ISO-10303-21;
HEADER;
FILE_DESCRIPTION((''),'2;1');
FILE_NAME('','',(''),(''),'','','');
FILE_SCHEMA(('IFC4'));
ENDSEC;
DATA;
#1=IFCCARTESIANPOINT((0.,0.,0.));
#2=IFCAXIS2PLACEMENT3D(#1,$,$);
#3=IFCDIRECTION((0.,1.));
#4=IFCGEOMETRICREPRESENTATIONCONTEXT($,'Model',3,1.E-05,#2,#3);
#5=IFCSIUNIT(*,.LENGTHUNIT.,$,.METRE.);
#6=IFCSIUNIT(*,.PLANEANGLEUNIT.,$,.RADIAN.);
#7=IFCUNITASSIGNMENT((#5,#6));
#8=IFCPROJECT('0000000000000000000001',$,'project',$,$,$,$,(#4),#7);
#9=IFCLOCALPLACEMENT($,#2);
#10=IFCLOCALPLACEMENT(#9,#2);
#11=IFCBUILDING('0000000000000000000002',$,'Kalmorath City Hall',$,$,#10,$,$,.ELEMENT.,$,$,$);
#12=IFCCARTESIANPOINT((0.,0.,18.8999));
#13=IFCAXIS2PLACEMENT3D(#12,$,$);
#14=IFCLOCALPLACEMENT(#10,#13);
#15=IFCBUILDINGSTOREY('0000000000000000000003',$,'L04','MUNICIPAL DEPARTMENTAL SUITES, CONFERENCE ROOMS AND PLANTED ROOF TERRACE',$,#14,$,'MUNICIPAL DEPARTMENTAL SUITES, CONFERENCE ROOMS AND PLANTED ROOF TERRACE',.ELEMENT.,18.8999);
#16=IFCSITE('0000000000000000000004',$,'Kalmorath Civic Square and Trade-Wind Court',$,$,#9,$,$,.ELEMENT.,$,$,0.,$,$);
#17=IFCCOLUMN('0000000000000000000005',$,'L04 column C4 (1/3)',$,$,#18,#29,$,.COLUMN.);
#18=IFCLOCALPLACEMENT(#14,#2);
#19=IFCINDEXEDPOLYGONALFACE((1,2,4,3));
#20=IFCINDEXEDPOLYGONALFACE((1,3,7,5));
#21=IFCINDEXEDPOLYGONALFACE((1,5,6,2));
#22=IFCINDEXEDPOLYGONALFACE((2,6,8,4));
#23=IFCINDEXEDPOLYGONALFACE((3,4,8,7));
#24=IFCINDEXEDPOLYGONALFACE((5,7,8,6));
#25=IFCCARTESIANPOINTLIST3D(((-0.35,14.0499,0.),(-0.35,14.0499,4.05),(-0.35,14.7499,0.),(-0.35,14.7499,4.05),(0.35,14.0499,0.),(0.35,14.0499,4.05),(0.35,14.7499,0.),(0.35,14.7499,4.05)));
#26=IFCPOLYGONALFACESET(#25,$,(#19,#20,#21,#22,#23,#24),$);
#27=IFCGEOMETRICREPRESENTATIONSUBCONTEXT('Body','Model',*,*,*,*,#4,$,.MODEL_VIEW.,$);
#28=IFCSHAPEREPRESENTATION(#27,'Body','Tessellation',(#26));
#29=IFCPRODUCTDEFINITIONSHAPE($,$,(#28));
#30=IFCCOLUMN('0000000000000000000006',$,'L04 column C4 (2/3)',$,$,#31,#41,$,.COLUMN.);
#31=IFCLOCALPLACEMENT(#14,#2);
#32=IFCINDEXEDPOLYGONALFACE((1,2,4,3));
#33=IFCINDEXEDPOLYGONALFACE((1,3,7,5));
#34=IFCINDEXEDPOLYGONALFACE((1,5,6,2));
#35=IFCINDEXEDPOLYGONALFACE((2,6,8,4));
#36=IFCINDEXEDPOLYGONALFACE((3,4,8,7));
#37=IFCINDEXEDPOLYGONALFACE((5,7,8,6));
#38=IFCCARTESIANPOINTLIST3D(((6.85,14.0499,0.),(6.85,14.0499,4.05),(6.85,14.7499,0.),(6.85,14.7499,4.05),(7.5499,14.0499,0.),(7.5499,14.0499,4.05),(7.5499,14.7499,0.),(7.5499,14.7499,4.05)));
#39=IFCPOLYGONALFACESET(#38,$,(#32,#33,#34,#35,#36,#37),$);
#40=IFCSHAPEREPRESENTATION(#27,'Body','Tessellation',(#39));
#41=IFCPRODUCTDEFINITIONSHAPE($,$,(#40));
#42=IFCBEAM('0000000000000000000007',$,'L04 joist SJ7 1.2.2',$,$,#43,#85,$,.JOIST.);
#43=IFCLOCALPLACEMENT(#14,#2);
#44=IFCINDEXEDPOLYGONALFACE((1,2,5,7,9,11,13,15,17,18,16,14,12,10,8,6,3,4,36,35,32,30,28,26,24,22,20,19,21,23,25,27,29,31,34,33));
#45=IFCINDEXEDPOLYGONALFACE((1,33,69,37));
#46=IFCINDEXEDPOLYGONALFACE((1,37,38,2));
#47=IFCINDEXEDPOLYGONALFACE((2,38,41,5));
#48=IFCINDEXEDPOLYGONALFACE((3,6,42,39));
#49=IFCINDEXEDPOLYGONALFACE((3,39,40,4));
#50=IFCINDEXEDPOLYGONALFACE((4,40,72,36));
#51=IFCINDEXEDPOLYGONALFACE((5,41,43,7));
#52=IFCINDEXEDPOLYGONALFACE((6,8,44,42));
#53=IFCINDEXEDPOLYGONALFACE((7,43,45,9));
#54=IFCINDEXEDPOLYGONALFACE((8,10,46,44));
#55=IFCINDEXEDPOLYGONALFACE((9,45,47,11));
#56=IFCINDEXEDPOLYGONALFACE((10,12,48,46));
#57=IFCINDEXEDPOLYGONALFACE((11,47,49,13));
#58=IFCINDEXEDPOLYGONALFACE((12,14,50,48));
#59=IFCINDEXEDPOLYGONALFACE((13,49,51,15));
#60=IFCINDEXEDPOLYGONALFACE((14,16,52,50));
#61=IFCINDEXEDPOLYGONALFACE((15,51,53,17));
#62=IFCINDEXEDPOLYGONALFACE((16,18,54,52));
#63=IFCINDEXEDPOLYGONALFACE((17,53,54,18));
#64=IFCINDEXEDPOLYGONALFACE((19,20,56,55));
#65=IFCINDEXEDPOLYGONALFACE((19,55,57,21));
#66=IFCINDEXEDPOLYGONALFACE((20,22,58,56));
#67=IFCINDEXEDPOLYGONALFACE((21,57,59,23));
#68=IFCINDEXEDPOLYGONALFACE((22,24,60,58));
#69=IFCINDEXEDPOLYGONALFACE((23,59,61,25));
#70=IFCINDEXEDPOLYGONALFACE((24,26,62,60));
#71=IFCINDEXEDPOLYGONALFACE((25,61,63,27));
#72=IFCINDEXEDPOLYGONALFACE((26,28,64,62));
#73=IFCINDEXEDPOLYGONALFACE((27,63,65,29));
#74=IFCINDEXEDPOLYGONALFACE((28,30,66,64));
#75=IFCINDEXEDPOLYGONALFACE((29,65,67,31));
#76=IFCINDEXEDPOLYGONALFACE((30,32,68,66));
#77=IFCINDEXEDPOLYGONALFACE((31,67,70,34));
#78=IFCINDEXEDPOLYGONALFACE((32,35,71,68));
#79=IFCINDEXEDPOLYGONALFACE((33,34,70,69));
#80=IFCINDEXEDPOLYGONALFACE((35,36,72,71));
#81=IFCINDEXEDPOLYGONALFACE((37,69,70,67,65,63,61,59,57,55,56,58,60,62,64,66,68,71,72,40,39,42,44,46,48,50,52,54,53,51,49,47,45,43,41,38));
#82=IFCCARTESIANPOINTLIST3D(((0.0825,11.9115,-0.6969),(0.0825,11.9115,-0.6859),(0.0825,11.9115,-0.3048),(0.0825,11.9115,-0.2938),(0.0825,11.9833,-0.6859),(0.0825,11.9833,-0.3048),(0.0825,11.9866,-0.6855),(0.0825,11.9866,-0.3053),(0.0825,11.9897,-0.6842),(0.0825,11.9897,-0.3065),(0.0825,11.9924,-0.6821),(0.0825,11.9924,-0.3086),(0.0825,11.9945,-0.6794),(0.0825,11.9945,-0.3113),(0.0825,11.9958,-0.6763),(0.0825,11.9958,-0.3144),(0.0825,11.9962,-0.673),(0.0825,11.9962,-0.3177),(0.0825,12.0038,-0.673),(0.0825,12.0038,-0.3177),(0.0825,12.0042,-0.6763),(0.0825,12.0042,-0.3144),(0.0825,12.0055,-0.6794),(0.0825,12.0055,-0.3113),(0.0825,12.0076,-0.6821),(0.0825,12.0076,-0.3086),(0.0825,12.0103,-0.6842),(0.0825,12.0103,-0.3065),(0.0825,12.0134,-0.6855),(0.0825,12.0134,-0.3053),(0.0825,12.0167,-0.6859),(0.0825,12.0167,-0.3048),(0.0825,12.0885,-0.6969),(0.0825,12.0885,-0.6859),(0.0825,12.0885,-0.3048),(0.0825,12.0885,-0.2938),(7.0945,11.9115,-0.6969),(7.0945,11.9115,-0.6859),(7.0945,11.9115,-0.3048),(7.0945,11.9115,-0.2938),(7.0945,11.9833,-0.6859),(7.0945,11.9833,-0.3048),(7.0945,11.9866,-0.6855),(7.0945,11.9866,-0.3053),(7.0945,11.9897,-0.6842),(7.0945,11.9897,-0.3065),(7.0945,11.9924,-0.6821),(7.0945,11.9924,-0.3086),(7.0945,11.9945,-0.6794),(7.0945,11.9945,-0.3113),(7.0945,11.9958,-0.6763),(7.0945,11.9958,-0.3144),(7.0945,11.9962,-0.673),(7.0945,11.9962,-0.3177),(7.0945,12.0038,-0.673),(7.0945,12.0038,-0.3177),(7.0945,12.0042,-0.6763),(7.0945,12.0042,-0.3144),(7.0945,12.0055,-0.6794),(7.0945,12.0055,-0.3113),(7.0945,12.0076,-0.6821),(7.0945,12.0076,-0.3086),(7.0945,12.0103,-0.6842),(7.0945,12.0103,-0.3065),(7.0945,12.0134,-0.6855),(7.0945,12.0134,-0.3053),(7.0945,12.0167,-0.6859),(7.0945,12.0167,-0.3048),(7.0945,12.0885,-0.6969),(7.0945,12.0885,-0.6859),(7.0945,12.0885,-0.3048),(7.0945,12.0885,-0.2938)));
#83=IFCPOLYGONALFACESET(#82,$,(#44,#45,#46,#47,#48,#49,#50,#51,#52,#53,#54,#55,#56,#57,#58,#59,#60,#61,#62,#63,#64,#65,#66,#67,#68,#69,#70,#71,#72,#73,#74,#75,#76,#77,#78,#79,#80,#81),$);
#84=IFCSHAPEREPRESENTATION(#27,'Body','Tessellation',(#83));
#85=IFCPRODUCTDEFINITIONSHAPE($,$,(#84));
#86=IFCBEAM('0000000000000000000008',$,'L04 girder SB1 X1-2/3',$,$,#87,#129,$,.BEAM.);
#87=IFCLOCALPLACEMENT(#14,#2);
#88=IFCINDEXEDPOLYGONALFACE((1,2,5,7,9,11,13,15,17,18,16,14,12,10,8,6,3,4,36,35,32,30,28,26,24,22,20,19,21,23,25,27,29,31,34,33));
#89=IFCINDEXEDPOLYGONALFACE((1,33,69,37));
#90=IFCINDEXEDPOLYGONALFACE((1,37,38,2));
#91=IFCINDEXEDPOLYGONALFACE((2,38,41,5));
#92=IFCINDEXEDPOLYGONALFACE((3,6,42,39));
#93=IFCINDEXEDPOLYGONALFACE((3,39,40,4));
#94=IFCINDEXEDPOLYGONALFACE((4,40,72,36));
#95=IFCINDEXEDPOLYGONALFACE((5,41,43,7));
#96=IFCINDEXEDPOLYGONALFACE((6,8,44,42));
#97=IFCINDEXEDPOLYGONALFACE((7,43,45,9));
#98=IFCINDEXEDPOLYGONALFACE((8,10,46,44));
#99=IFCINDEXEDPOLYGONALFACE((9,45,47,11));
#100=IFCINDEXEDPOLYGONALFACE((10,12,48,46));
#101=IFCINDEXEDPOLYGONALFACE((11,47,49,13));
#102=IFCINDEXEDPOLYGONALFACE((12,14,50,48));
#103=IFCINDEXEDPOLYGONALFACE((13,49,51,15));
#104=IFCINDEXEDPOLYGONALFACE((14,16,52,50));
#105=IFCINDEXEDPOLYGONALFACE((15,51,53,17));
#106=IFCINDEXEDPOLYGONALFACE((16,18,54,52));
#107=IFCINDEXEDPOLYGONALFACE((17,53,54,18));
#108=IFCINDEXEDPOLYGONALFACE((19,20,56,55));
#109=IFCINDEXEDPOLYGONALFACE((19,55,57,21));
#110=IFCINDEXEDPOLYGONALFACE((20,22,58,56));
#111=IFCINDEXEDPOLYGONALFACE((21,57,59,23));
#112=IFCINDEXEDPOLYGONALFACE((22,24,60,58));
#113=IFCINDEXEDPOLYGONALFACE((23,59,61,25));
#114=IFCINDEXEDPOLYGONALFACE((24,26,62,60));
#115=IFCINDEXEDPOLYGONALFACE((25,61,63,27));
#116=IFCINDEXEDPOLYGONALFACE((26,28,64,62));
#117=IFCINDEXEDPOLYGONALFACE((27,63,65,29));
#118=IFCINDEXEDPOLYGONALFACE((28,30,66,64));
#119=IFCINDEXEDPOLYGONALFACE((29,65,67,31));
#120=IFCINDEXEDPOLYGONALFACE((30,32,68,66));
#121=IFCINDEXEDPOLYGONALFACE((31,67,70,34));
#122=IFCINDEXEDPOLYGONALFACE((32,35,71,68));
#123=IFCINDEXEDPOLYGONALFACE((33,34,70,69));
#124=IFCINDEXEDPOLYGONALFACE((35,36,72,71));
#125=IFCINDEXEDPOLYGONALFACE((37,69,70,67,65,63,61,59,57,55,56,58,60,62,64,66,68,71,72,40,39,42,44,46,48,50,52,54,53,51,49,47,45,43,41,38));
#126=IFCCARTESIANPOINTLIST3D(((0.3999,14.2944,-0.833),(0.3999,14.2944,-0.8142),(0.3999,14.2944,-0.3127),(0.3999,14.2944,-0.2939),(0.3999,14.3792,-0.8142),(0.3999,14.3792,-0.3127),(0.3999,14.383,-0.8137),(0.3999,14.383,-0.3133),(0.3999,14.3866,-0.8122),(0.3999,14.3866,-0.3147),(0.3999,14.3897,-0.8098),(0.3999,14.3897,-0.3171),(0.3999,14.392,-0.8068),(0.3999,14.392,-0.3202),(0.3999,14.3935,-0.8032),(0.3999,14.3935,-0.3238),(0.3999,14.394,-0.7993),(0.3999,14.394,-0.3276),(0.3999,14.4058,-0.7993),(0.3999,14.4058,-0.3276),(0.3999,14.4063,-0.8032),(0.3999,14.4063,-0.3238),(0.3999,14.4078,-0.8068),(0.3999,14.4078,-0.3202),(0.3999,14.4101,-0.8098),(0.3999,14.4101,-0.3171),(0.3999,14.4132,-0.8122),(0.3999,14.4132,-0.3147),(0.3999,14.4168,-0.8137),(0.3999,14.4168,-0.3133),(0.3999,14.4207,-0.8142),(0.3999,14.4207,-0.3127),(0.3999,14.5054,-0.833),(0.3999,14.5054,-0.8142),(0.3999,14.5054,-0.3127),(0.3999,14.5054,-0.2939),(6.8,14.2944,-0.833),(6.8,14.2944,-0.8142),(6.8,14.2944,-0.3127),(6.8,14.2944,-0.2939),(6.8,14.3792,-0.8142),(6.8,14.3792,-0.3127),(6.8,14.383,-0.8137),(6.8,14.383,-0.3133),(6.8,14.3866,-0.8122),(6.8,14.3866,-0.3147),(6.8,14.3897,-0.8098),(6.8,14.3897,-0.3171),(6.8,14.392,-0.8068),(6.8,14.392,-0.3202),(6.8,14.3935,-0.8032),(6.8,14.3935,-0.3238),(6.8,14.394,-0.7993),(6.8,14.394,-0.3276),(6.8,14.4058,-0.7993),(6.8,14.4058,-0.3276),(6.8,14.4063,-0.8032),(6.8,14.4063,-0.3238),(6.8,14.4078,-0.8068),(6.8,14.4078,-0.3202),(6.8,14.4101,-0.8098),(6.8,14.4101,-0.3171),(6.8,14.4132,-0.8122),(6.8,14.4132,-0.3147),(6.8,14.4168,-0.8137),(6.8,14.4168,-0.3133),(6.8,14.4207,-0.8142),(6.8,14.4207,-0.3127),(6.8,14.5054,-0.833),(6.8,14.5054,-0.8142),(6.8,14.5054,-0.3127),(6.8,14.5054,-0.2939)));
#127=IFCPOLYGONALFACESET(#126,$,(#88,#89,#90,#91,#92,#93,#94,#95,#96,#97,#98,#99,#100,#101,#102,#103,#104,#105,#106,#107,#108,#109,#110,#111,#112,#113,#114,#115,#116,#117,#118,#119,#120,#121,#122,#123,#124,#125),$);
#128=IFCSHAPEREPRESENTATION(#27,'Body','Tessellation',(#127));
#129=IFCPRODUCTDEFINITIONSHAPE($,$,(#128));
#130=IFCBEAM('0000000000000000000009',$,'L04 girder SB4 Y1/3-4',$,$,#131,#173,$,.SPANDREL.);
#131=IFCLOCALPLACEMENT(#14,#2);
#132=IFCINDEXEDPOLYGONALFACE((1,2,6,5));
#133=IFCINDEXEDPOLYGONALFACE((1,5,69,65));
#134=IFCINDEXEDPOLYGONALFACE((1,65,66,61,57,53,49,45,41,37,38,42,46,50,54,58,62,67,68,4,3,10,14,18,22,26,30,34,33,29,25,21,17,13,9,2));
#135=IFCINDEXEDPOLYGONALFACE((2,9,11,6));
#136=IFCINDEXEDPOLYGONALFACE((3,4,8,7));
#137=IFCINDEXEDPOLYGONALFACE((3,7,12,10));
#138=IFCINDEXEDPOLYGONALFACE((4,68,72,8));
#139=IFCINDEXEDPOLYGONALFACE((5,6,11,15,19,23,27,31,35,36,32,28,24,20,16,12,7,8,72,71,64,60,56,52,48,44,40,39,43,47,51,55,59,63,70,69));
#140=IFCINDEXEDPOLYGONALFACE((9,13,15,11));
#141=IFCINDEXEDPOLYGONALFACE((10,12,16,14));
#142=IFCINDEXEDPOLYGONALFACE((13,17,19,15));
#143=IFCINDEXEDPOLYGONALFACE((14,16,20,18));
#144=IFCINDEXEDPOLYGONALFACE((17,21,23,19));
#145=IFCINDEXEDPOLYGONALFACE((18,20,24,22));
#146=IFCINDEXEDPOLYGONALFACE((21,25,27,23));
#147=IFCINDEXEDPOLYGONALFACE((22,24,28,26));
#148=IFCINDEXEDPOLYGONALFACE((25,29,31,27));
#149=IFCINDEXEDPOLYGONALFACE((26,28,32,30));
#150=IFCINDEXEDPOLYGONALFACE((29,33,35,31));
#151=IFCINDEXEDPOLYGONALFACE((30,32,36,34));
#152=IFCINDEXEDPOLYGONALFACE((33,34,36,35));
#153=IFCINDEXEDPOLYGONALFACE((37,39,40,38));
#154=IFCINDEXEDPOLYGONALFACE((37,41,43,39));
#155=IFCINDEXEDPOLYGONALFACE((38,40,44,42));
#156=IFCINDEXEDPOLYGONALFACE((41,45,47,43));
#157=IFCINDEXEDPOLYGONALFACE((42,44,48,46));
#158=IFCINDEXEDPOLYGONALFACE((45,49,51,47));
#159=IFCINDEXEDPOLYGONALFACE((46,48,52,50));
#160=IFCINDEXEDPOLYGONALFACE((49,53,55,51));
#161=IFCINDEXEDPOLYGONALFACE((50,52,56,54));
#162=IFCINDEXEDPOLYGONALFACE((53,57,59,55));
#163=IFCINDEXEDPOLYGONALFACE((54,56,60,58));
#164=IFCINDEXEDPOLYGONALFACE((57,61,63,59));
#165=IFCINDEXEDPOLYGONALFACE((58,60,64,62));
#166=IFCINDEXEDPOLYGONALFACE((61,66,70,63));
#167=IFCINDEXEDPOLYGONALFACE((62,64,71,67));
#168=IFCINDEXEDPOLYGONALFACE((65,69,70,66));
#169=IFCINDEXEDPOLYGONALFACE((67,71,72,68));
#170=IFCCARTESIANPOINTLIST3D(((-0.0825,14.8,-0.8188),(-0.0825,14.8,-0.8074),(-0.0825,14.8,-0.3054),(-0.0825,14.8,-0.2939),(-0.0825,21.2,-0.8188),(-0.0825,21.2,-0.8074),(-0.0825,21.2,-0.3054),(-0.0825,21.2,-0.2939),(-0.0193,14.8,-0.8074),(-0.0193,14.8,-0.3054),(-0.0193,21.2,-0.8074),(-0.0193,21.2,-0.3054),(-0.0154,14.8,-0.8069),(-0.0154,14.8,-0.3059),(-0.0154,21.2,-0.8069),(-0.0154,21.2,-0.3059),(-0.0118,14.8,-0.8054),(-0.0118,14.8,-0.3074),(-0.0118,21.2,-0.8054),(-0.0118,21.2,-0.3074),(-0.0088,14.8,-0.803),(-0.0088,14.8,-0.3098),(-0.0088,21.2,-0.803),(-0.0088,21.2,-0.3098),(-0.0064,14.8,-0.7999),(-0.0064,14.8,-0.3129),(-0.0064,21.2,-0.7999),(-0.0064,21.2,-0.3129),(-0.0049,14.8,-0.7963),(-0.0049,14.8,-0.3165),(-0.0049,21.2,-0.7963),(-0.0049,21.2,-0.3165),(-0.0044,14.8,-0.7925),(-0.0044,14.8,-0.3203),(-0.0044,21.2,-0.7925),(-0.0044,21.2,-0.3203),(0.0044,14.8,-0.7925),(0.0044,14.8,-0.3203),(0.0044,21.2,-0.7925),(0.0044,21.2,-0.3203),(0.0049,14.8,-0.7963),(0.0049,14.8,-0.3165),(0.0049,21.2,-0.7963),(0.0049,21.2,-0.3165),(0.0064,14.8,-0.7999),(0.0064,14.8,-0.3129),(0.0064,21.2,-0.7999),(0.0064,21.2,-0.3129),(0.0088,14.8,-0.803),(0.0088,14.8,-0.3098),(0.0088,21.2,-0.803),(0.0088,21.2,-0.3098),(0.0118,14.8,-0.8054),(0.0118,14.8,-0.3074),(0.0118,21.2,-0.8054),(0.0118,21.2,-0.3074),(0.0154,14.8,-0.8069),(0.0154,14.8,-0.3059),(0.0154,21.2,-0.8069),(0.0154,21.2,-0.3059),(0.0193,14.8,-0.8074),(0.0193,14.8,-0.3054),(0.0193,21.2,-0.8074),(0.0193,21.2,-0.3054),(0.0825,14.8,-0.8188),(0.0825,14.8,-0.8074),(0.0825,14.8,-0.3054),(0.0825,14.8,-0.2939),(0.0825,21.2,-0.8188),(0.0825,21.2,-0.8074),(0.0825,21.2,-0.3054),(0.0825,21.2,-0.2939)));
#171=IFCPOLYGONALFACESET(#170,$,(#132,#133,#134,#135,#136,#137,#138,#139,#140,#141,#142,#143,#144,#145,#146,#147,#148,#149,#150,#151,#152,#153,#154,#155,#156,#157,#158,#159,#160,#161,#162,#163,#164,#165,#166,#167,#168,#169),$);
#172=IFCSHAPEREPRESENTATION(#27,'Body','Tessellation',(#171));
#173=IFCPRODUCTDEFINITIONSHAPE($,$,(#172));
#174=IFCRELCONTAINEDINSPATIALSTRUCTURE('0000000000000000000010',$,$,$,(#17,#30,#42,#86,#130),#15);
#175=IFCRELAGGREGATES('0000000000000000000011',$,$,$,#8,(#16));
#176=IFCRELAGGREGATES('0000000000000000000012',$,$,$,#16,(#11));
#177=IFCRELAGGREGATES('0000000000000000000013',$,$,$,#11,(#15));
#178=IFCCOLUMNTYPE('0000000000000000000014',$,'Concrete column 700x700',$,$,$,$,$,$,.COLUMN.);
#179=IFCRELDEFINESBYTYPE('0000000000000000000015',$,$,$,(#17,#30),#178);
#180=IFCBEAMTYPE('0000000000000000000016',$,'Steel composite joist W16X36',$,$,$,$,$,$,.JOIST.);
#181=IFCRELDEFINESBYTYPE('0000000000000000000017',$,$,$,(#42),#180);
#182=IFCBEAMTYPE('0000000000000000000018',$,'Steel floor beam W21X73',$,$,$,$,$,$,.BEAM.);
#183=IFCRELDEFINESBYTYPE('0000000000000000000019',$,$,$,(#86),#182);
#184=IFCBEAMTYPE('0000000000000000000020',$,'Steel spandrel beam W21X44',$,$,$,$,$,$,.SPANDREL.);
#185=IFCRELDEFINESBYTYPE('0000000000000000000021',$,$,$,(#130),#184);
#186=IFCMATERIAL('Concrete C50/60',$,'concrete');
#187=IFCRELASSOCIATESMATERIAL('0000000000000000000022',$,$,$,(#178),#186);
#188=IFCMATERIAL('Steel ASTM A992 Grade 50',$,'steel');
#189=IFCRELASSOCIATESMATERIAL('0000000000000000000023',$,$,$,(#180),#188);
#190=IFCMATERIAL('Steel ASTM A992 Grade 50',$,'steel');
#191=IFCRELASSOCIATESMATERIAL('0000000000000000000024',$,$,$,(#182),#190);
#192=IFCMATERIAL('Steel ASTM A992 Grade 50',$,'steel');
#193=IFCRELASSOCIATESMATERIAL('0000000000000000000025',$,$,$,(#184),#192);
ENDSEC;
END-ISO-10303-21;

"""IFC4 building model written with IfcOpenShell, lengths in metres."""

from ifc_helpers import new_model, si_unit, direction, frame, origin, origin_2d, place, context, subcontext, project, spatial, rectangle, i_section, extrude, material, material_profile, profile_set, type_object, element, save


model = new_model("IFC4")

# Units and contexts
model_context = context("Model", 3, precision=1e-05, world=origin(), true_north=direction((0.0, 1.0)))
body_context = subcontext(model_context, "Body", "Model", "MODEL_VIEW")
ifc_project = project(units=[si_unit("LENGTHUNIT", "METRE"), si_unit("PLANEANGLEUNIT", "RADIAN")], contexts=[model_context])

# Site, building, storey
site_placement = place(None, origin())
site = spatial("IfcSite", under=ifc_project, at=site_placement, Name="Kalmorath Civic Square and Trade-Wind Court", CompositionType="ELEMENT", RefElevation=0.0)
building_placement = place(site_placement, origin())
building = spatial("IfcBuilding", under=site, at=building_placement, Name="Kalmorath City Hall", CompositionType="ELEMENT")
storey_placement = place(building_placement, frame((0.0, 0.0, 18.8999)))
storey = spatial("IfcBuildingStorey", under=building, at=storey_placement, Name="L04", Description="MUNICIPAL DEPARTMENTAL SUITES, CONFERENCE ROOMS AND PLANTED ROOF TERRACE", LongName="MUNICIPAL DEPARTMENTAL SUITES, CONFERENCE ROOMS AND PLANTED ROOF TERRACE", CompositionType="ELEMENT", Elevation=18.8999)

# Columns
ifc_material_1 = material(Name="Concrete C50/60", Category="concrete")
ifc_material_profile_1 = material_profile(ifc_material_1, rectangle(XDim=0.7, YDim=0.7, at=origin_2d()), Name="RC-COL-700X700")
ifc_profile_set_1 = profile_set([ifc_material_profile_1], Name="Concrete C50/60")
column_type = type_object("IfcColumnType", Name="Concrete column 700x700", PredefinedType="COLUMN", material=ifc_profile_set_1)
for number, where, z_axis, x_axis, name in (
    (1, (0.0, 14.3999, 0.0), (0.0, 0.0, 1.0), (1.0, 0.0, 0.0), "L04 column C4 (1/3)"),
    (2, (7.2, 14.3999, 0.0), (0.0, 0.0, 1.0), (1.0, 0.0, 0.0), "L04 column C4 (2/3)"),
):
    element("IfcColumn", number, at=place(storey_placement, frame(where, z_axis=z_axis, x_axis=x_axis)), inside=storey, type_object=column_type, Name=name, PredefinedType="COLUMN", context=body_context, shape_type="SweptSolid", body=[
        extrude(rectangle(XDim=0.7, YDim=0.7, at=origin_2d()), origin(), (0.0, 0.0, 1.0), 4.05),
    ])

# Beams
ifc_material_2 = material(Name="Steel ASTM A992 Grade 50", Category="steel")
ifc_material_profile_2 = material_profile(ifc_material_2, i_section(OverallWidth=0.177, OverallDepth=0.4031, WebThickness=0.0076, FlangeThickness=0.011, FilletRadius=0.0129, at=origin_2d()), Name="W16X36")
ifc_profile_set_2 = profile_set([ifc_material_profile_2], Name="Steel ASTM A992 Grade 50")
beam_type_1 = type_object("IfcBeamType", Name="Steel composite joist W16X36", PredefinedType="JOIST", material=ifc_profile_set_2)
beam_1_placement = place(storey_placement, frame((0.0825, 12.0, -0.4954), z_axis=(1.0, 0.0, 0.0), x_axis=(0.0, 1.0, 0.0)))
element("IfcBeam", 3, at=beam_1_placement, inside=storey, type_object=beam_type_1, Name="L04 joist SJ7 1.2.2", PredefinedType="JOIST", context=body_context, shape_type="SweptSolid", body=[
    extrude(i_section(OverallWidth=0.177, OverallDepth=0.4031, WebThickness=0.0076, FlangeThickness=0.011, FilletRadius=0.0129, at=origin_2d()), origin(), (0.0, 0.0, 1.0), 7.012),
])
ifc_material_3 = material(Name="Steel ASTM A992 Grade 50", Category="steel")
ifc_material_profile_3 = material_profile(ifc_material_3, i_section(OverallWidth=0.2109, OverallDepth=0.5391, WebThickness=0.0117, FlangeThickness=0.0188, FilletRadius=0.0149, at=origin_2d()), Name="W21X73")
ifc_profile_set_3 = profile_set([ifc_material_profile_3], Name="Steel ASTM A992 Grade 50")
beam_type_2 = type_object("IfcBeamType", Name="Steel floor beam W21X73", PredefinedType="BEAM", material=ifc_profile_set_3)
beam_2_placement = place(storey_placement, frame((0.3999, 14.3999, -0.5635), z_axis=(1.0, 0.0, 0.0), x_axis=(0.0, 1.0, 0.0)))
element("IfcBeam", 4, at=beam_2_placement, inside=storey, type_object=beam_type_2, Name="L04 girder SB1 X1-2/3", PredefinedType="BEAM", context=body_context, shape_type="SweptSolid", body=[
    extrude(i_section(OverallWidth=0.2109, OverallDepth=0.5391, WebThickness=0.0117, FlangeThickness=0.0188, FilletRadius=0.0149, at=origin_2d()), origin(), (0.0, 0.0, 1.0), 6.4001),
])
ifc_material_4 = material(Name="Steel ASTM A992 Grade 50", Category="steel")
ifc_material_profile_4 = material_profile(ifc_material_4, i_section(OverallWidth=0.165, OverallDepth=0.5249, WebThickness=0.0088, FlangeThickness=0.0115, FilletRadius=0.0149, at=origin_2d()), Name="W21X44")
ifc_profile_set_4 = profile_set([ifc_material_profile_4], Name="Steel ASTM A992 Grade 50")
beam_type_3 = type_object("IfcBeamType", Name="Steel spandrel beam W21X44", PredefinedType="SPANDREL", material=ifc_profile_set_4)
beam_3_placement = place(storey_placement, frame((0.0, 14.8, -0.5564), z_axis=(0.0, 1.0, 0.0), x_axis=(-1.0, 0.0, 0.0)))
element("IfcBeam", 5, at=beam_3_placement, inside=storey, type_object=beam_type_3, Name="L04 girder SB4 Y1/3-4", PredefinedType="SPANDREL", context=body_context, shape_type="SweptSolid", body=[
    extrude(i_section(OverallWidth=0.165, OverallDepth=0.5249, WebThickness=0.0088, FlangeThickness=0.0115, FilletRadius=0.0149, at=origin_2d()), origin(), (0.0, 0.0, 1.0), 6.3999),
])

save(model, "model.ifc")
